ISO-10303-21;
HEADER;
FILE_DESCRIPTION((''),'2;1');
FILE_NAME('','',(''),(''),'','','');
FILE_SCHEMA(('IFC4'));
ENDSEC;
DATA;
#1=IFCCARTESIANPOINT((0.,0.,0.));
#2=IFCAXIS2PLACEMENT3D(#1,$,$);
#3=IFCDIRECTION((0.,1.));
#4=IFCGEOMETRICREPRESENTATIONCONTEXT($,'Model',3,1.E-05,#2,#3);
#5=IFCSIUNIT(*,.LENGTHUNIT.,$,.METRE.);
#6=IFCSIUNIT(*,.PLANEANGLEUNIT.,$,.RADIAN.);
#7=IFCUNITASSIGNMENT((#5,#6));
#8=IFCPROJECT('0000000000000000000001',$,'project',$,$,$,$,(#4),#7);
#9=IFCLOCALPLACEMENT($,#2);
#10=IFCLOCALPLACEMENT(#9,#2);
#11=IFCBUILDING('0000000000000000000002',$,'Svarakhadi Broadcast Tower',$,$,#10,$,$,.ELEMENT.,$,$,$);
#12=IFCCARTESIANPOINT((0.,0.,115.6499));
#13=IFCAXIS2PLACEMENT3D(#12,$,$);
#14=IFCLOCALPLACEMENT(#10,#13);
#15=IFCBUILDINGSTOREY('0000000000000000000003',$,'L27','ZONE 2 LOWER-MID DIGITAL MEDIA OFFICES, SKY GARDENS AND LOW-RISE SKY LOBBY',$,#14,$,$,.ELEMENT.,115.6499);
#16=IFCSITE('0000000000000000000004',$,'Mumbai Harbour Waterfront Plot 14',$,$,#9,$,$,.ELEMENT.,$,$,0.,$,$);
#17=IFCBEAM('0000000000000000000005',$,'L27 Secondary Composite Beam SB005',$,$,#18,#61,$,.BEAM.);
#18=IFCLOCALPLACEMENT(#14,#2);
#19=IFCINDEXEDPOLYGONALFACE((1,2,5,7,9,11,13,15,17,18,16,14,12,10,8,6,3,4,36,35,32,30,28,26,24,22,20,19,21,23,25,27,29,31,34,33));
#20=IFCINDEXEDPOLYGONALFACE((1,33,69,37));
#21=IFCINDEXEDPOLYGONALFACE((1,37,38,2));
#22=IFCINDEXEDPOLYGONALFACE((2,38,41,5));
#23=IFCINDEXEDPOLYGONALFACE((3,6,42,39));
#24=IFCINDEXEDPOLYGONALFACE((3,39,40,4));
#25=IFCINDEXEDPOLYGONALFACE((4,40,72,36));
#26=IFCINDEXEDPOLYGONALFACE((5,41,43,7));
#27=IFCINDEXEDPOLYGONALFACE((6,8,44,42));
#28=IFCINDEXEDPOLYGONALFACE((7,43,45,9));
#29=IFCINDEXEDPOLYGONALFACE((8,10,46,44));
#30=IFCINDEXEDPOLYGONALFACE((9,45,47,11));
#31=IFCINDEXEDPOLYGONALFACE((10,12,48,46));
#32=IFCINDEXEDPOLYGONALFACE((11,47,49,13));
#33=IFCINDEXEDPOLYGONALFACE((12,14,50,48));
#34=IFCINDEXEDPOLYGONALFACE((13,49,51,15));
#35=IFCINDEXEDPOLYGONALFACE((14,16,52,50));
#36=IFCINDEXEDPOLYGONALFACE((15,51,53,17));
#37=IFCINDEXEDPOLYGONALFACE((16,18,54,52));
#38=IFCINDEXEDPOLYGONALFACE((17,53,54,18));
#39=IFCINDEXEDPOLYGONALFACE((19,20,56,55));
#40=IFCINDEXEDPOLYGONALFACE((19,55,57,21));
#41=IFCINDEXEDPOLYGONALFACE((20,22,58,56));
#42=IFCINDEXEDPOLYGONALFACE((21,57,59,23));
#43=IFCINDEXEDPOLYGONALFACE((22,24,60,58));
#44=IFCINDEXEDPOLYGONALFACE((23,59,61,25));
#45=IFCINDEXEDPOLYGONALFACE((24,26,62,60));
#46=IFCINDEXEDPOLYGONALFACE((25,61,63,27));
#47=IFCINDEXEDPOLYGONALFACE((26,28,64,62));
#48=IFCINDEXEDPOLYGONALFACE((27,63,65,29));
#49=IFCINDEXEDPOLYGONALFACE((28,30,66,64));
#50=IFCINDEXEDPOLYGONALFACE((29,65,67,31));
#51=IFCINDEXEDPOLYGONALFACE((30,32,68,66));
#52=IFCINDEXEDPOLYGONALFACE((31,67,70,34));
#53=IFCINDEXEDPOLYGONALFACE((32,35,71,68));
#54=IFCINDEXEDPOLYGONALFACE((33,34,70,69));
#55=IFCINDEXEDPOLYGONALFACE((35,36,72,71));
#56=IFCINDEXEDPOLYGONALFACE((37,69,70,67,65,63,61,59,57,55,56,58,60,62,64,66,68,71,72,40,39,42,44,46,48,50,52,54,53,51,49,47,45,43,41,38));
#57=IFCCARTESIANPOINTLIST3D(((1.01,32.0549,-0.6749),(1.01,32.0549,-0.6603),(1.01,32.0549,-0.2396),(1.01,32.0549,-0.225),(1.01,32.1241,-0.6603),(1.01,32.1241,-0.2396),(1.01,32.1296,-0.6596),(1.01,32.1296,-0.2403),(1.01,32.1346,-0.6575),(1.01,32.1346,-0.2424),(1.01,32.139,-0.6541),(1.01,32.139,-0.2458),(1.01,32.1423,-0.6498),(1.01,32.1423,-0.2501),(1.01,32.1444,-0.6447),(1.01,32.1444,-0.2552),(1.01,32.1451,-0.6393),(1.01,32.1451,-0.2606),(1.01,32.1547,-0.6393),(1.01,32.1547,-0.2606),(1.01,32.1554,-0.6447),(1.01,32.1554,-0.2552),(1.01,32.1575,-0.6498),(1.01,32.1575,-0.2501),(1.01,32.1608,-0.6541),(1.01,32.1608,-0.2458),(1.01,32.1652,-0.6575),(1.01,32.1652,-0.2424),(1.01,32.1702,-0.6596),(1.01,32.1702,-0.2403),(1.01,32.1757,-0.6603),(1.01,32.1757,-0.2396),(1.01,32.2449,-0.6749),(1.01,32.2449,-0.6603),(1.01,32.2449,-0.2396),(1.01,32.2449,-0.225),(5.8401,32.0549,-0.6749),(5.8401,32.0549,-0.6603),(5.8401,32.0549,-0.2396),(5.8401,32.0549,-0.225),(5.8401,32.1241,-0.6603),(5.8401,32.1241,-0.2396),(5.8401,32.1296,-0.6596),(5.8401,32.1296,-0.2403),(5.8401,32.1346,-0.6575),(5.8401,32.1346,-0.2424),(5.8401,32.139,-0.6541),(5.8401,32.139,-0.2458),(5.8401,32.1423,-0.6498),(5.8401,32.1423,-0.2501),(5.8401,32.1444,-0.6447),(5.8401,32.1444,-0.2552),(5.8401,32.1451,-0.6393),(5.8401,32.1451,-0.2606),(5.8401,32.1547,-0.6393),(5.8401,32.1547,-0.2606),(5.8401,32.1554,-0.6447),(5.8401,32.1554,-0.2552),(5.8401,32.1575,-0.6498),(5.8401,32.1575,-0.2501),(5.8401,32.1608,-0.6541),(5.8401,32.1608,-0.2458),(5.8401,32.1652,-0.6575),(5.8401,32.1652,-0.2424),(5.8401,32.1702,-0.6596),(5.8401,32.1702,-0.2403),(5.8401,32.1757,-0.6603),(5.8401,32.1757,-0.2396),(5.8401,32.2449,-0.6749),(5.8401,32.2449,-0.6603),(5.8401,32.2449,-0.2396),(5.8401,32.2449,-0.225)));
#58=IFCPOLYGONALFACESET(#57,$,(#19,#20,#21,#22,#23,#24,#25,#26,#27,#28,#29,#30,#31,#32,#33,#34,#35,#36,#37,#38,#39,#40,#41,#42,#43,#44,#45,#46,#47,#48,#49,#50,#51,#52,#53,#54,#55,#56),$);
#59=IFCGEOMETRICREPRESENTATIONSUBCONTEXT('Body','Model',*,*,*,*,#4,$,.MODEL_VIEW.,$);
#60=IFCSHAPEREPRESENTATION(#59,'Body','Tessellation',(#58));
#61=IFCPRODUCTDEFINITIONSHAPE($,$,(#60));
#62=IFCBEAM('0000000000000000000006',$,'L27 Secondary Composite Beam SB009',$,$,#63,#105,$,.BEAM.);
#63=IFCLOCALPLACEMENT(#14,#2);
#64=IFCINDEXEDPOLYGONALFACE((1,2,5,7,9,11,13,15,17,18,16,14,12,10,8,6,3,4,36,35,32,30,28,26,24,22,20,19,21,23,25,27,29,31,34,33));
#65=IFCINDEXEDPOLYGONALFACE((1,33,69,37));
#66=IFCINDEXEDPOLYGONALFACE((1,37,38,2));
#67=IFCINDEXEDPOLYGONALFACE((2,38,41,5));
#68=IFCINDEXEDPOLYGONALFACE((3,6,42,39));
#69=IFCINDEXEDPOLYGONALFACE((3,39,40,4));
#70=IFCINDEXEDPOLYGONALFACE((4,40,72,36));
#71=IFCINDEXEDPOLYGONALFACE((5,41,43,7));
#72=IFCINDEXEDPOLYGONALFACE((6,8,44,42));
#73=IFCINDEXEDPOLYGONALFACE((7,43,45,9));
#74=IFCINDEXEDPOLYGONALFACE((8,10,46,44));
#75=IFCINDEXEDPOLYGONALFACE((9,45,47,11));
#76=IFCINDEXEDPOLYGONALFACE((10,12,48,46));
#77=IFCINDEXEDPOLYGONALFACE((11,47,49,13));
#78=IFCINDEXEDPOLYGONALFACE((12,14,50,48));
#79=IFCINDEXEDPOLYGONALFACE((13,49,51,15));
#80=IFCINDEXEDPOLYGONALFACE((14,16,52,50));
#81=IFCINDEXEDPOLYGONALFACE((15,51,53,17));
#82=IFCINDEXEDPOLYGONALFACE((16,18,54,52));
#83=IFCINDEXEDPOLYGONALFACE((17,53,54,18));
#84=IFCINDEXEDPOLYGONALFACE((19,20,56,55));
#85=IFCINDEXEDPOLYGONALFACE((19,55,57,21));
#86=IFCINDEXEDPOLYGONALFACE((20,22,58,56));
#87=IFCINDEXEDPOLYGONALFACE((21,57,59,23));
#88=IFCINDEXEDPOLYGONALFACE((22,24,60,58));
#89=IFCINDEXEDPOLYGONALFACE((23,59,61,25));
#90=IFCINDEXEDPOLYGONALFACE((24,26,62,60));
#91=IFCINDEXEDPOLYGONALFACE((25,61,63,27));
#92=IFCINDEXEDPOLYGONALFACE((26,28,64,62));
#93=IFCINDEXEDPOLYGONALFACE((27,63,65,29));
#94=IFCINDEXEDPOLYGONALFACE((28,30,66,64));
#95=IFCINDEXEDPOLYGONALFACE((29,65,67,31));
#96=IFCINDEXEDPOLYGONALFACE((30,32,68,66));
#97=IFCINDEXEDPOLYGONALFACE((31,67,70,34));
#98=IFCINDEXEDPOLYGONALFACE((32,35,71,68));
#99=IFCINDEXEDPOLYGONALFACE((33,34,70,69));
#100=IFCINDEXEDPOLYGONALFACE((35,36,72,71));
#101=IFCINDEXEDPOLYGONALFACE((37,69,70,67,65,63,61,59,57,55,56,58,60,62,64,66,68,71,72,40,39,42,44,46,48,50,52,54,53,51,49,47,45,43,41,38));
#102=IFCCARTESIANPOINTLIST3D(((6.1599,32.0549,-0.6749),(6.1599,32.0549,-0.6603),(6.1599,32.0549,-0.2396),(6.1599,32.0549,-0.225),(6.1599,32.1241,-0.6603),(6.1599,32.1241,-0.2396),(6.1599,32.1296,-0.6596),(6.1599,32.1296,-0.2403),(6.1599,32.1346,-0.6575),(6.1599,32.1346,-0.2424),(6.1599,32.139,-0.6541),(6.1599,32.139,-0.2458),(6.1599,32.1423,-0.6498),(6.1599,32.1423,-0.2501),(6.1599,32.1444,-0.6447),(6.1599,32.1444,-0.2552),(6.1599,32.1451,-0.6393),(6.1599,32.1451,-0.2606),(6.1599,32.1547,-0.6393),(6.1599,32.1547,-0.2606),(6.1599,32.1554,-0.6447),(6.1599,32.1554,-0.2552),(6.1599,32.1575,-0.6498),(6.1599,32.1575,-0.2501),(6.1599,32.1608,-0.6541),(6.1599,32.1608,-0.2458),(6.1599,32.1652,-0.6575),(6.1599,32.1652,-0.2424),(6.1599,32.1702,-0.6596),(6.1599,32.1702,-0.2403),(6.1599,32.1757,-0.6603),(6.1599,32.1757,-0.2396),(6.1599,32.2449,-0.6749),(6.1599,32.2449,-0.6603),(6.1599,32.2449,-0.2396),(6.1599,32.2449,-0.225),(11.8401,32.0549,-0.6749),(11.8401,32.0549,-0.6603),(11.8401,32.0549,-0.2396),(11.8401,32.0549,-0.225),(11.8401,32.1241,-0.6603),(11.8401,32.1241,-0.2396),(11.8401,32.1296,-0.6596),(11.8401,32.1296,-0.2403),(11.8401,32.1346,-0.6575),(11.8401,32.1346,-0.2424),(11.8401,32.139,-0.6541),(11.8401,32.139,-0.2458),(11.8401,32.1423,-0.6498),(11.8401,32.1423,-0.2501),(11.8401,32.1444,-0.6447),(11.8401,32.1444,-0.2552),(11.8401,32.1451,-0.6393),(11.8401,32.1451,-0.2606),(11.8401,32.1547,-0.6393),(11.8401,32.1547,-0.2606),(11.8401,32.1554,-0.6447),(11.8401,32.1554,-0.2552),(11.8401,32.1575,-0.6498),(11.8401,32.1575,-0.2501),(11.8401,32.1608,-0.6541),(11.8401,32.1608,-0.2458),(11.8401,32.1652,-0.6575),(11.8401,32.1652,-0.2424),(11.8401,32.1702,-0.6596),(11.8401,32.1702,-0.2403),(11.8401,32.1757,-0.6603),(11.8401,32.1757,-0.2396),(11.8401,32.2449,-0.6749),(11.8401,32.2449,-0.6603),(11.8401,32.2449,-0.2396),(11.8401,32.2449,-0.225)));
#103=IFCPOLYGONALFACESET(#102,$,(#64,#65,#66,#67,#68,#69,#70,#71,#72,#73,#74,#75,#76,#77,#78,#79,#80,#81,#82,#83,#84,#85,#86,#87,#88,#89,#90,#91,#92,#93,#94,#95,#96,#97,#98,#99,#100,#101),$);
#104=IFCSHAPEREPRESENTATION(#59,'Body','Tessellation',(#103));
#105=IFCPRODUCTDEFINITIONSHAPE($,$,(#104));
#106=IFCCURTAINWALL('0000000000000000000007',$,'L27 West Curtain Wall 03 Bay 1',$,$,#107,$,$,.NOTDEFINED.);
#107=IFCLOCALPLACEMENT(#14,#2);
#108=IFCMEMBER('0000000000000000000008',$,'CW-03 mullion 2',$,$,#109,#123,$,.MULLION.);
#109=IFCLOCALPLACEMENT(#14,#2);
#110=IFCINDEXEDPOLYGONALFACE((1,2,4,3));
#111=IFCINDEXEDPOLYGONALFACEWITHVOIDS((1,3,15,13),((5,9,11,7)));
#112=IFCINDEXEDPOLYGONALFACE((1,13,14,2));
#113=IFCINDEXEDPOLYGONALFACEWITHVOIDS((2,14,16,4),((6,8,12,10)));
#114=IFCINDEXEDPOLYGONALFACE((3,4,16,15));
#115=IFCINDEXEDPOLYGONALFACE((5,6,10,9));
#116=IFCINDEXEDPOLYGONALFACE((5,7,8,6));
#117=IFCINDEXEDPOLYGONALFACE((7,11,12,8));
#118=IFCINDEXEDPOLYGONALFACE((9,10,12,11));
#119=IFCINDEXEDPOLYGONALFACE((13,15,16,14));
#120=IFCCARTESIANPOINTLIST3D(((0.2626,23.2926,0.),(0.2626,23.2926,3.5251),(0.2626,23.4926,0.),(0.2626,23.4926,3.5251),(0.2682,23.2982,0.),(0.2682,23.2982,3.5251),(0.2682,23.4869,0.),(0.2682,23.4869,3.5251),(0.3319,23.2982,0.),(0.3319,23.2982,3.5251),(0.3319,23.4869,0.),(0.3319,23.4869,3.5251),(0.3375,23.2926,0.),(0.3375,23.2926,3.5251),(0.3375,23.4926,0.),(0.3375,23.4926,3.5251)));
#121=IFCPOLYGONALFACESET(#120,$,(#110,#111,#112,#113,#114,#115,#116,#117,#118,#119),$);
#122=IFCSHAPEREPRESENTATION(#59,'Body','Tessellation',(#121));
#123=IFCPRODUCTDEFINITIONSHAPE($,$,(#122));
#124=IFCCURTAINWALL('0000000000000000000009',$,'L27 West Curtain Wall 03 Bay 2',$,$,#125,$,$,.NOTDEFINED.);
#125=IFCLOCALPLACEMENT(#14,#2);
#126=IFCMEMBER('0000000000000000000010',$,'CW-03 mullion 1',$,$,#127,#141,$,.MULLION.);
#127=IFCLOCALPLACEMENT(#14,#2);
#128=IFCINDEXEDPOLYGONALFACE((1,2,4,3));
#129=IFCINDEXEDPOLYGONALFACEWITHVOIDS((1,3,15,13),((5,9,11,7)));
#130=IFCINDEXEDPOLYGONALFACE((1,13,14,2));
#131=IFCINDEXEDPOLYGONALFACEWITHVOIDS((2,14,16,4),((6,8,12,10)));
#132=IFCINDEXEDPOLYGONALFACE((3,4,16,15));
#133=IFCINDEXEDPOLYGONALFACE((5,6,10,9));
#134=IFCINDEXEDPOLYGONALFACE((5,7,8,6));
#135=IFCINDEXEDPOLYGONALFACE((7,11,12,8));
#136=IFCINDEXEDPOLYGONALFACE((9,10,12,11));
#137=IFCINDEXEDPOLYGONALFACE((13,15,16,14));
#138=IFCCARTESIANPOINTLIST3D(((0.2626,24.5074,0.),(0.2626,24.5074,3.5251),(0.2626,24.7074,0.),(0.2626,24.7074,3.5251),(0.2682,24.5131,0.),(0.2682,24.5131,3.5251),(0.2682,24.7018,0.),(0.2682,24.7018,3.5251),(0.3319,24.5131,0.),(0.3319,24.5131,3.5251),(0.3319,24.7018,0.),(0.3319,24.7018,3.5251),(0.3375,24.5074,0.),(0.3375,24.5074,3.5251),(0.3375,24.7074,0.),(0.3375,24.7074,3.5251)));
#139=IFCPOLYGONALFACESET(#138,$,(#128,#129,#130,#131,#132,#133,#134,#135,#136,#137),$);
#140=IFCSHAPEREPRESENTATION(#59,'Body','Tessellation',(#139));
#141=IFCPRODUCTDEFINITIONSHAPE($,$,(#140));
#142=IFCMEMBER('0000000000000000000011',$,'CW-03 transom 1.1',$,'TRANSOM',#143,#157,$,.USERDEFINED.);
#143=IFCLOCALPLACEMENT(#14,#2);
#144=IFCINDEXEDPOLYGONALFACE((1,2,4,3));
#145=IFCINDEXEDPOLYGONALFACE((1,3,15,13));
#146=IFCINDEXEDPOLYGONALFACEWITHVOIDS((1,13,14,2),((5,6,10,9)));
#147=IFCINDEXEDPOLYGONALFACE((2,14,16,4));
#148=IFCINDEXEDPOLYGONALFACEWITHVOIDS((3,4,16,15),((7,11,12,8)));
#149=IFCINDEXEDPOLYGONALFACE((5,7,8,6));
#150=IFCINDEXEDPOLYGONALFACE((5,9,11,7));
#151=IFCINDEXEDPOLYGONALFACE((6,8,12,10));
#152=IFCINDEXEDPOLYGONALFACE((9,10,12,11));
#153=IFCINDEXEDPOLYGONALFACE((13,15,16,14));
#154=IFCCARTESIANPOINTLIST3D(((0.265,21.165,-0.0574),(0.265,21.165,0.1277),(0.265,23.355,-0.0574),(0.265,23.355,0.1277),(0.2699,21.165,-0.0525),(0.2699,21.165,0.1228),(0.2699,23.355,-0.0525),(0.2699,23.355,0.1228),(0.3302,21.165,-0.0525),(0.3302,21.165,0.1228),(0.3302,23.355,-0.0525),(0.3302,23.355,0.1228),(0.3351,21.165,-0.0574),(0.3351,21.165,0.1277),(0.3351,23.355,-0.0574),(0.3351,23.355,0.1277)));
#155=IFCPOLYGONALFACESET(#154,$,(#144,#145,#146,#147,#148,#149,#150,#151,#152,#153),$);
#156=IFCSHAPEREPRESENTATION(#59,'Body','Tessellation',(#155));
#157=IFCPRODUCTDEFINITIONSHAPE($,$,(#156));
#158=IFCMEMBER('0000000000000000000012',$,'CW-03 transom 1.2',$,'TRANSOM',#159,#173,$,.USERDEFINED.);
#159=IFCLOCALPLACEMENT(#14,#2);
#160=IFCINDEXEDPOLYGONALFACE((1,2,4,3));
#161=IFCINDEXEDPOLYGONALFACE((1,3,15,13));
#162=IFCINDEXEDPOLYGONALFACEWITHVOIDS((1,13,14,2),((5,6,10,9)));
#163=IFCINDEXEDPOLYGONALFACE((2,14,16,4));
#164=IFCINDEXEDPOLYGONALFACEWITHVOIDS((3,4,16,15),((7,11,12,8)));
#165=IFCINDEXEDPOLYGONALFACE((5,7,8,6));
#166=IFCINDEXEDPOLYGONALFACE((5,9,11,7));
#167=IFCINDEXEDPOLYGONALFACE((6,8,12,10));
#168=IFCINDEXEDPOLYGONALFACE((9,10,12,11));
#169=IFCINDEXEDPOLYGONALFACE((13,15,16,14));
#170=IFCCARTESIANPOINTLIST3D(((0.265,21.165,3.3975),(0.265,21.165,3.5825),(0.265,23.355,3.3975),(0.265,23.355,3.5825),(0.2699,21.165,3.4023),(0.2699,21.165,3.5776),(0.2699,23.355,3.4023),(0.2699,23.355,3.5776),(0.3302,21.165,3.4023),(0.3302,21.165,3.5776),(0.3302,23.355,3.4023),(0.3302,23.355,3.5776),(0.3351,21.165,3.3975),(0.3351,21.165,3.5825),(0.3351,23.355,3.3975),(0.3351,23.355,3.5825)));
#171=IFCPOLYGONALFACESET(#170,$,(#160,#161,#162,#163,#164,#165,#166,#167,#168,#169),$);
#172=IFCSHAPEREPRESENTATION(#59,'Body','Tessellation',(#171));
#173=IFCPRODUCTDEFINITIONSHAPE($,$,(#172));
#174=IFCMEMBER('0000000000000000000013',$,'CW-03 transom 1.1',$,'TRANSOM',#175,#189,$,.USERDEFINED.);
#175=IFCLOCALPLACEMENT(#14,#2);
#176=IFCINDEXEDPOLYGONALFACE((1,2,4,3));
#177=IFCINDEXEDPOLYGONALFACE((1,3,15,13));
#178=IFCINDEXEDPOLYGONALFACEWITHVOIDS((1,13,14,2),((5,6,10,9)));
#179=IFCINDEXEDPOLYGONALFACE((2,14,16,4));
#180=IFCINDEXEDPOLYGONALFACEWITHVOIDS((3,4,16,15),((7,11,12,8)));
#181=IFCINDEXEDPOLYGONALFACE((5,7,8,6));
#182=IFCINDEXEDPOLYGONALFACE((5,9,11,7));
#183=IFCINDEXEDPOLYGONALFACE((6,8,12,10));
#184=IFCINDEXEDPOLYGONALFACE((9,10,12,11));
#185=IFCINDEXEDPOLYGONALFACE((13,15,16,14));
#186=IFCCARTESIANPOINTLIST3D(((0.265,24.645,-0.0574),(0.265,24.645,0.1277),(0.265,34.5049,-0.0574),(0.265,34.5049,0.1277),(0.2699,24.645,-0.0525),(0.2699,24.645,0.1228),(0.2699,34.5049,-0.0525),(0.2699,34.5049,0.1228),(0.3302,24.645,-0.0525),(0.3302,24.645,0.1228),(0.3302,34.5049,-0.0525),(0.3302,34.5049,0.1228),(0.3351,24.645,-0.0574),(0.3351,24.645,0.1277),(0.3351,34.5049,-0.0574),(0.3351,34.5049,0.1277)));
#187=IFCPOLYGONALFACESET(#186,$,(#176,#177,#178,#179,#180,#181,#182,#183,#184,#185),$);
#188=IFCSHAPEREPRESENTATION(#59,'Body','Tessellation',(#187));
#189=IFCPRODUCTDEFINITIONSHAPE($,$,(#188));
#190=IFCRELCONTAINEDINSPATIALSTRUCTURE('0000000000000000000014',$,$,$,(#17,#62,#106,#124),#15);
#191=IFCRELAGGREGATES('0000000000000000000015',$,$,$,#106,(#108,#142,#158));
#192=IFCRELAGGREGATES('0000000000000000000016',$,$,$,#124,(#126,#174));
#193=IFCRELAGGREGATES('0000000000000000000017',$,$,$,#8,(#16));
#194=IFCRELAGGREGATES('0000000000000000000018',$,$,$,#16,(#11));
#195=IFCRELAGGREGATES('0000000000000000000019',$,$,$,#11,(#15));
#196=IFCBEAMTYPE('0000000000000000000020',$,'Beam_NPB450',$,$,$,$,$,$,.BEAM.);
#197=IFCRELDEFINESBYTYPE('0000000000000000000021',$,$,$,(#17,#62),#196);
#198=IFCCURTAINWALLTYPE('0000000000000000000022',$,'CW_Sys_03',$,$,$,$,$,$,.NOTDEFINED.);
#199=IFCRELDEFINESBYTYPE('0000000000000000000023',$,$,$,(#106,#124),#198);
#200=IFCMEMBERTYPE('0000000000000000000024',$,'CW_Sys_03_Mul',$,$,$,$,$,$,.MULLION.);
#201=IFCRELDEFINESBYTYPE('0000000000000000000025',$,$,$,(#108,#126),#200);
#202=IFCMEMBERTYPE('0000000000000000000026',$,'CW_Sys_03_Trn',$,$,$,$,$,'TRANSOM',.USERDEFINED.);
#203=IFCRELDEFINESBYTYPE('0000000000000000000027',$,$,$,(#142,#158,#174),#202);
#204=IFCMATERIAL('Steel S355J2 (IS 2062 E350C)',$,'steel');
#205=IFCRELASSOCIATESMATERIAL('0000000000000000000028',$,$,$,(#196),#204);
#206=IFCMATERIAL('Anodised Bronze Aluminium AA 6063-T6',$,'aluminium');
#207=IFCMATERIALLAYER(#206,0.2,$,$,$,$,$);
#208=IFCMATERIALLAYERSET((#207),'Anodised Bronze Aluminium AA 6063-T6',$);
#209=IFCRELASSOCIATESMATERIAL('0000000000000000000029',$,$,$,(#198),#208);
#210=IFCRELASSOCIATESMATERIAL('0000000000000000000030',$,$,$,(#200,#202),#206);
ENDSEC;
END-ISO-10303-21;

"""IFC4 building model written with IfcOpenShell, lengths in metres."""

from ifc_helpers import new_model, si_unit, direction, frame, origin, origin_2d, place, context, subcontext, project, spatial, hollow_rectangle, i_section, extrude, material, layer, layer_set, material_profile, profile_set, type_object, element, aggregate, save


model = new_model("IFC4")

# Units and contexts
model_context = context("Model", 3, precision=1e-05, world=origin(), true_north=direction((0.0, 1.0)))
body_context = subcontext(model_context, "Body", "Model", "MODEL_VIEW")
ifc_project = project(units=[si_unit("LENGTHUNIT", "METRE"), si_unit("PLANEANGLEUNIT", "RADIAN")], contexts=[model_context])

# Site, building, storey
site_placement = place(None, origin())
site = spatial("IfcSite", under=ifc_project, at=site_placement, Name="Mumbai Harbour Waterfront Plot 14", CompositionType="ELEMENT", RefElevation=0.0)
building_placement = place(site_placement, origin())
building = spatial("IfcBuilding", under=site, at=building_placement, Name="Svarakhadi Broadcast Tower", CompositionType="ELEMENT")
storey_placement = place(building_placement, frame((0.0, 0.0, 115.6499)))
storey = spatial("IfcBuildingStorey", under=building, at=storey_placement, Name="L27", Description="ZONE 2 LOWER-MID DIGITAL MEDIA OFFICES, SKY GARDENS AND LOW-RISE SKY LOBBY", CompositionType="ELEMENT", Elevation=115.6499)

# Beams
ifc_material_1 = material(Name="Steel S355J2 (IS 2062 E350C)", Category="steel")
ifc_material_profile_1 = material_profile(ifc_material_1, i_section(OverallWidth=0.1899, OverallDepth=0.45, WebThickness=0.0095, FlangeThickness=0.0146, FilletRadius=0.021, at=origin_2d()), Name="NPB 450x190x78")
ifc_profile_set_1 = profile_set([ifc_material_profile_1], Name="Steel S355J2 (IS 2062 E350C)")
beam_type_1 = type_object("IfcBeamType", Name="Beam_NPB450", PredefinedType="BEAM", material=ifc_profile_set_1)
for number, where, z_axis, x_axis, name in (
    (1, (1.01, 32.1499, -0.45), (1.0, 0.0, 0.0), (0.0, 1.0, 0.0), "L27 Secondary Composite Beam SB005"),
):
    element("IfcBeam", number, at=place(storey_placement, frame(where, z_axis=z_axis, x_axis=x_axis)), inside=storey, type_object=beam_type_1, Name=name, PredefinedType="BEAM", context=body_context, shape_type="SweptSolid", body=[
        extrude(i_section(OverallWidth=0.1899, OverallDepth=0.45, WebThickness=0.0095, FlangeThickness=0.0146, FilletRadius=0.021, at=origin_2d()), origin(), (0.0, 0.0, 1.0), 4.8301),
    ])
beam_1_placement = place(storey_placement, frame((6.1599, 32.1499, -0.45), z_axis=(1.0, 0.0, 0.0), x_axis=(0.0, 1.0, 0.0)))
element("IfcBeam", 2, at=beam_1_placement, inside=storey, type_object=beam_type_1, Name="L27 Secondary Composite Beam SB009", PredefinedType="BEAM", context=body_context, shape_type="SweptSolid", body=[
    extrude(i_section(OverallWidth=0.1899, OverallDepth=0.45, WebThickness=0.0095, FlangeThickness=0.0146, FilletRadius=0.021, at=origin_2d()), origin(), (0.0, 0.0, 1.0), 5.6802),
])

# Curtain walls, members
ifc_material_2 = material(Name="Anodised Bronze Aluminium AA 6063-T6", Category="aluminium")
ifc_layer_1 = layer(ifc_material_2, 0.2)
ifc_layer_set_1 = layer_set([ifc_layer_1], Name="Anodised Bronze Aluminium AA 6063-T6")
curtain_wall_type = type_object("IfcCurtainWallType", Name="CW_Sys_03", PredefinedType="NOTDEFINED", material=ifc_layer_set_1)
curtain_wall_1_placement = place(storey_placement, origin())
curtain_wall_1 = element("IfcCurtainWall", 3, at=curtain_wall_1_placement, inside=storey, type_object=curtain_wall_type, Name="L27 West Curtain Wall 03 Bay 1", PredefinedType="NOTDEFINED")
ifc_material_profile_2 = material_profile(ifc_material_2, hollow_rectangle(XDim=0.075, YDim=0.2, WallThickness=0.0056, at=origin_2d()), Name="ALU MULLION 200x75x6")
ifc_profile_set_2 = profile_set([ifc_material_profile_2], Name="Anodised Bronze Aluminium AA 6063-T6")
member_type_1 = type_object("IfcMemberType", Name="CW_Sys_03_Mul", PredefinedType="MULLION", material=ifc_profile_set_2)
member_1_placement = place(storey_placement, frame((0.3, 23.3926, 0.0), z_axis=(0.0, 0.0, 1.0), x_axis=(-1.0, 0.0, 0.0)))
member_1 = element("IfcMember", 4, at=member_1_placement, type_object=member_type_1, Name="CW-03 mullion 2", PredefinedType="MULLION", context=body_context, shape_type="SweptSolid", body=[
    extrude(hollow_rectangle(XDim=0.075, YDim=0.2, WallThickness=0.0056, at=origin_2d()), origin(), (0.0, 0.0, 1.0), 3.5251),
])
curtain_wall_2_placement = place(storey_placement, origin())
curtain_wall_2 = element("IfcCurtainWall", 5, at=curtain_wall_2_placement, inside=storey, type_object=curtain_wall_type, Name="L27 West Curtain Wall 03 Bay 2", PredefinedType="NOTDEFINED")
member_2_placement = place(storey_placement, frame((0.3, 24.6074, 0.0), z_axis=(0.0, 0.0, 1.0), x_axis=(-1.0, 0.0, 0.0)))
member_2 = element("IfcMember", 6, at=member_2_placement, type_object=member_type_1, Name="CW-03 mullion 1", PredefinedType="MULLION", context=body_context, shape_type="SweptSolid", body=[
    extrude(hollow_rectangle(XDim=0.075, YDim=0.2, WallThickness=0.0056, at=origin_2d()), origin(), (0.0, 0.0, 1.0), 3.5251),
])

# Members
ifc_material_profile_3 = material_profile(ifc_material_2, hollow_rectangle(XDim=0.0701, YDim=0.1851, WallThickness=0.0049, at=origin_2d()), Name="ALU TRANSOM 185x70x5")
ifc_profile_set_3 = profile_set([ifc_material_profile_3], Name="Anodised Bronze Aluminium AA 6063-T6")
member_type_2 = type_object("IfcMemberType", Name="CW_Sys_03_Trn", ElementType="TRANSOM", PredefinedType="USERDEFINED", material=ifc_profile_set_3)
member_3_placement = place(storey_placement, frame((0.3, 21.165, 0.0352), z_axis=(0.0, 1.0, 0.0), x_axis=(-1.0, 0.0, 0.0)))
member_3 = element("IfcMember", 7, at=member_3_placement, type_object=member_type_2, Name="CW-03 transom 1.1", ObjectType="TRANSOM", PredefinedType="USERDEFINED", context=body_context, shape_type="SweptSolid", body=[
    extrude(hollow_rectangle(XDim=0.0701, YDim=0.1851, WallThickness=0.0049, at=origin_2d()), origin(), (0.0, 0.0, 1.0), 2.1899),
])
member_4_placement = place(storey_placement, frame((0.3, 21.165, 3.49), z_axis=(0.0, 1.0, 0.0), x_axis=(-1.0, 0.0, 0.0)))
member_4 = element("IfcMember", 8, at=member_4_placement, type_object=member_type_2, Name="CW-03 transom 1.2", ObjectType="TRANSOM", PredefinedType="USERDEFINED", context=body_context, shape_type="SweptSolid", body=[
    extrude(hollow_rectangle(XDim=0.0701, YDim=0.1851, WallThickness=0.0049, at=origin_2d()), origin(), (0.0, 0.0, 1.0), 2.1899),
])
member_5_placement = place(storey_placement, frame((0.3, 24.645, 0.0352), z_axis=(0.0, 1.0, 0.0), x_axis=(-1.0, 0.0, 0.0)))
member_5 = element("IfcMember", 9, at=member_5_placement, type_object=member_type_2, Name="CW-03 transom 1.1", ObjectType="TRANSOM", PredefinedType="USERDEFINED", context=body_context, shape_type="SweptSolid", body=[
    extrude(hollow_rectangle(XDim=0.0701, YDim=0.1851, WallThickness=0.0049, at=origin_2d()), origin(), (0.0, 0.0, 1.0), 9.8599),
])

aggregate(curtain_wall_1, [member_1, member_3, member_4])
aggregate(curtain_wall_2, [member_2, member_5])

save(model, "model.ifc")
